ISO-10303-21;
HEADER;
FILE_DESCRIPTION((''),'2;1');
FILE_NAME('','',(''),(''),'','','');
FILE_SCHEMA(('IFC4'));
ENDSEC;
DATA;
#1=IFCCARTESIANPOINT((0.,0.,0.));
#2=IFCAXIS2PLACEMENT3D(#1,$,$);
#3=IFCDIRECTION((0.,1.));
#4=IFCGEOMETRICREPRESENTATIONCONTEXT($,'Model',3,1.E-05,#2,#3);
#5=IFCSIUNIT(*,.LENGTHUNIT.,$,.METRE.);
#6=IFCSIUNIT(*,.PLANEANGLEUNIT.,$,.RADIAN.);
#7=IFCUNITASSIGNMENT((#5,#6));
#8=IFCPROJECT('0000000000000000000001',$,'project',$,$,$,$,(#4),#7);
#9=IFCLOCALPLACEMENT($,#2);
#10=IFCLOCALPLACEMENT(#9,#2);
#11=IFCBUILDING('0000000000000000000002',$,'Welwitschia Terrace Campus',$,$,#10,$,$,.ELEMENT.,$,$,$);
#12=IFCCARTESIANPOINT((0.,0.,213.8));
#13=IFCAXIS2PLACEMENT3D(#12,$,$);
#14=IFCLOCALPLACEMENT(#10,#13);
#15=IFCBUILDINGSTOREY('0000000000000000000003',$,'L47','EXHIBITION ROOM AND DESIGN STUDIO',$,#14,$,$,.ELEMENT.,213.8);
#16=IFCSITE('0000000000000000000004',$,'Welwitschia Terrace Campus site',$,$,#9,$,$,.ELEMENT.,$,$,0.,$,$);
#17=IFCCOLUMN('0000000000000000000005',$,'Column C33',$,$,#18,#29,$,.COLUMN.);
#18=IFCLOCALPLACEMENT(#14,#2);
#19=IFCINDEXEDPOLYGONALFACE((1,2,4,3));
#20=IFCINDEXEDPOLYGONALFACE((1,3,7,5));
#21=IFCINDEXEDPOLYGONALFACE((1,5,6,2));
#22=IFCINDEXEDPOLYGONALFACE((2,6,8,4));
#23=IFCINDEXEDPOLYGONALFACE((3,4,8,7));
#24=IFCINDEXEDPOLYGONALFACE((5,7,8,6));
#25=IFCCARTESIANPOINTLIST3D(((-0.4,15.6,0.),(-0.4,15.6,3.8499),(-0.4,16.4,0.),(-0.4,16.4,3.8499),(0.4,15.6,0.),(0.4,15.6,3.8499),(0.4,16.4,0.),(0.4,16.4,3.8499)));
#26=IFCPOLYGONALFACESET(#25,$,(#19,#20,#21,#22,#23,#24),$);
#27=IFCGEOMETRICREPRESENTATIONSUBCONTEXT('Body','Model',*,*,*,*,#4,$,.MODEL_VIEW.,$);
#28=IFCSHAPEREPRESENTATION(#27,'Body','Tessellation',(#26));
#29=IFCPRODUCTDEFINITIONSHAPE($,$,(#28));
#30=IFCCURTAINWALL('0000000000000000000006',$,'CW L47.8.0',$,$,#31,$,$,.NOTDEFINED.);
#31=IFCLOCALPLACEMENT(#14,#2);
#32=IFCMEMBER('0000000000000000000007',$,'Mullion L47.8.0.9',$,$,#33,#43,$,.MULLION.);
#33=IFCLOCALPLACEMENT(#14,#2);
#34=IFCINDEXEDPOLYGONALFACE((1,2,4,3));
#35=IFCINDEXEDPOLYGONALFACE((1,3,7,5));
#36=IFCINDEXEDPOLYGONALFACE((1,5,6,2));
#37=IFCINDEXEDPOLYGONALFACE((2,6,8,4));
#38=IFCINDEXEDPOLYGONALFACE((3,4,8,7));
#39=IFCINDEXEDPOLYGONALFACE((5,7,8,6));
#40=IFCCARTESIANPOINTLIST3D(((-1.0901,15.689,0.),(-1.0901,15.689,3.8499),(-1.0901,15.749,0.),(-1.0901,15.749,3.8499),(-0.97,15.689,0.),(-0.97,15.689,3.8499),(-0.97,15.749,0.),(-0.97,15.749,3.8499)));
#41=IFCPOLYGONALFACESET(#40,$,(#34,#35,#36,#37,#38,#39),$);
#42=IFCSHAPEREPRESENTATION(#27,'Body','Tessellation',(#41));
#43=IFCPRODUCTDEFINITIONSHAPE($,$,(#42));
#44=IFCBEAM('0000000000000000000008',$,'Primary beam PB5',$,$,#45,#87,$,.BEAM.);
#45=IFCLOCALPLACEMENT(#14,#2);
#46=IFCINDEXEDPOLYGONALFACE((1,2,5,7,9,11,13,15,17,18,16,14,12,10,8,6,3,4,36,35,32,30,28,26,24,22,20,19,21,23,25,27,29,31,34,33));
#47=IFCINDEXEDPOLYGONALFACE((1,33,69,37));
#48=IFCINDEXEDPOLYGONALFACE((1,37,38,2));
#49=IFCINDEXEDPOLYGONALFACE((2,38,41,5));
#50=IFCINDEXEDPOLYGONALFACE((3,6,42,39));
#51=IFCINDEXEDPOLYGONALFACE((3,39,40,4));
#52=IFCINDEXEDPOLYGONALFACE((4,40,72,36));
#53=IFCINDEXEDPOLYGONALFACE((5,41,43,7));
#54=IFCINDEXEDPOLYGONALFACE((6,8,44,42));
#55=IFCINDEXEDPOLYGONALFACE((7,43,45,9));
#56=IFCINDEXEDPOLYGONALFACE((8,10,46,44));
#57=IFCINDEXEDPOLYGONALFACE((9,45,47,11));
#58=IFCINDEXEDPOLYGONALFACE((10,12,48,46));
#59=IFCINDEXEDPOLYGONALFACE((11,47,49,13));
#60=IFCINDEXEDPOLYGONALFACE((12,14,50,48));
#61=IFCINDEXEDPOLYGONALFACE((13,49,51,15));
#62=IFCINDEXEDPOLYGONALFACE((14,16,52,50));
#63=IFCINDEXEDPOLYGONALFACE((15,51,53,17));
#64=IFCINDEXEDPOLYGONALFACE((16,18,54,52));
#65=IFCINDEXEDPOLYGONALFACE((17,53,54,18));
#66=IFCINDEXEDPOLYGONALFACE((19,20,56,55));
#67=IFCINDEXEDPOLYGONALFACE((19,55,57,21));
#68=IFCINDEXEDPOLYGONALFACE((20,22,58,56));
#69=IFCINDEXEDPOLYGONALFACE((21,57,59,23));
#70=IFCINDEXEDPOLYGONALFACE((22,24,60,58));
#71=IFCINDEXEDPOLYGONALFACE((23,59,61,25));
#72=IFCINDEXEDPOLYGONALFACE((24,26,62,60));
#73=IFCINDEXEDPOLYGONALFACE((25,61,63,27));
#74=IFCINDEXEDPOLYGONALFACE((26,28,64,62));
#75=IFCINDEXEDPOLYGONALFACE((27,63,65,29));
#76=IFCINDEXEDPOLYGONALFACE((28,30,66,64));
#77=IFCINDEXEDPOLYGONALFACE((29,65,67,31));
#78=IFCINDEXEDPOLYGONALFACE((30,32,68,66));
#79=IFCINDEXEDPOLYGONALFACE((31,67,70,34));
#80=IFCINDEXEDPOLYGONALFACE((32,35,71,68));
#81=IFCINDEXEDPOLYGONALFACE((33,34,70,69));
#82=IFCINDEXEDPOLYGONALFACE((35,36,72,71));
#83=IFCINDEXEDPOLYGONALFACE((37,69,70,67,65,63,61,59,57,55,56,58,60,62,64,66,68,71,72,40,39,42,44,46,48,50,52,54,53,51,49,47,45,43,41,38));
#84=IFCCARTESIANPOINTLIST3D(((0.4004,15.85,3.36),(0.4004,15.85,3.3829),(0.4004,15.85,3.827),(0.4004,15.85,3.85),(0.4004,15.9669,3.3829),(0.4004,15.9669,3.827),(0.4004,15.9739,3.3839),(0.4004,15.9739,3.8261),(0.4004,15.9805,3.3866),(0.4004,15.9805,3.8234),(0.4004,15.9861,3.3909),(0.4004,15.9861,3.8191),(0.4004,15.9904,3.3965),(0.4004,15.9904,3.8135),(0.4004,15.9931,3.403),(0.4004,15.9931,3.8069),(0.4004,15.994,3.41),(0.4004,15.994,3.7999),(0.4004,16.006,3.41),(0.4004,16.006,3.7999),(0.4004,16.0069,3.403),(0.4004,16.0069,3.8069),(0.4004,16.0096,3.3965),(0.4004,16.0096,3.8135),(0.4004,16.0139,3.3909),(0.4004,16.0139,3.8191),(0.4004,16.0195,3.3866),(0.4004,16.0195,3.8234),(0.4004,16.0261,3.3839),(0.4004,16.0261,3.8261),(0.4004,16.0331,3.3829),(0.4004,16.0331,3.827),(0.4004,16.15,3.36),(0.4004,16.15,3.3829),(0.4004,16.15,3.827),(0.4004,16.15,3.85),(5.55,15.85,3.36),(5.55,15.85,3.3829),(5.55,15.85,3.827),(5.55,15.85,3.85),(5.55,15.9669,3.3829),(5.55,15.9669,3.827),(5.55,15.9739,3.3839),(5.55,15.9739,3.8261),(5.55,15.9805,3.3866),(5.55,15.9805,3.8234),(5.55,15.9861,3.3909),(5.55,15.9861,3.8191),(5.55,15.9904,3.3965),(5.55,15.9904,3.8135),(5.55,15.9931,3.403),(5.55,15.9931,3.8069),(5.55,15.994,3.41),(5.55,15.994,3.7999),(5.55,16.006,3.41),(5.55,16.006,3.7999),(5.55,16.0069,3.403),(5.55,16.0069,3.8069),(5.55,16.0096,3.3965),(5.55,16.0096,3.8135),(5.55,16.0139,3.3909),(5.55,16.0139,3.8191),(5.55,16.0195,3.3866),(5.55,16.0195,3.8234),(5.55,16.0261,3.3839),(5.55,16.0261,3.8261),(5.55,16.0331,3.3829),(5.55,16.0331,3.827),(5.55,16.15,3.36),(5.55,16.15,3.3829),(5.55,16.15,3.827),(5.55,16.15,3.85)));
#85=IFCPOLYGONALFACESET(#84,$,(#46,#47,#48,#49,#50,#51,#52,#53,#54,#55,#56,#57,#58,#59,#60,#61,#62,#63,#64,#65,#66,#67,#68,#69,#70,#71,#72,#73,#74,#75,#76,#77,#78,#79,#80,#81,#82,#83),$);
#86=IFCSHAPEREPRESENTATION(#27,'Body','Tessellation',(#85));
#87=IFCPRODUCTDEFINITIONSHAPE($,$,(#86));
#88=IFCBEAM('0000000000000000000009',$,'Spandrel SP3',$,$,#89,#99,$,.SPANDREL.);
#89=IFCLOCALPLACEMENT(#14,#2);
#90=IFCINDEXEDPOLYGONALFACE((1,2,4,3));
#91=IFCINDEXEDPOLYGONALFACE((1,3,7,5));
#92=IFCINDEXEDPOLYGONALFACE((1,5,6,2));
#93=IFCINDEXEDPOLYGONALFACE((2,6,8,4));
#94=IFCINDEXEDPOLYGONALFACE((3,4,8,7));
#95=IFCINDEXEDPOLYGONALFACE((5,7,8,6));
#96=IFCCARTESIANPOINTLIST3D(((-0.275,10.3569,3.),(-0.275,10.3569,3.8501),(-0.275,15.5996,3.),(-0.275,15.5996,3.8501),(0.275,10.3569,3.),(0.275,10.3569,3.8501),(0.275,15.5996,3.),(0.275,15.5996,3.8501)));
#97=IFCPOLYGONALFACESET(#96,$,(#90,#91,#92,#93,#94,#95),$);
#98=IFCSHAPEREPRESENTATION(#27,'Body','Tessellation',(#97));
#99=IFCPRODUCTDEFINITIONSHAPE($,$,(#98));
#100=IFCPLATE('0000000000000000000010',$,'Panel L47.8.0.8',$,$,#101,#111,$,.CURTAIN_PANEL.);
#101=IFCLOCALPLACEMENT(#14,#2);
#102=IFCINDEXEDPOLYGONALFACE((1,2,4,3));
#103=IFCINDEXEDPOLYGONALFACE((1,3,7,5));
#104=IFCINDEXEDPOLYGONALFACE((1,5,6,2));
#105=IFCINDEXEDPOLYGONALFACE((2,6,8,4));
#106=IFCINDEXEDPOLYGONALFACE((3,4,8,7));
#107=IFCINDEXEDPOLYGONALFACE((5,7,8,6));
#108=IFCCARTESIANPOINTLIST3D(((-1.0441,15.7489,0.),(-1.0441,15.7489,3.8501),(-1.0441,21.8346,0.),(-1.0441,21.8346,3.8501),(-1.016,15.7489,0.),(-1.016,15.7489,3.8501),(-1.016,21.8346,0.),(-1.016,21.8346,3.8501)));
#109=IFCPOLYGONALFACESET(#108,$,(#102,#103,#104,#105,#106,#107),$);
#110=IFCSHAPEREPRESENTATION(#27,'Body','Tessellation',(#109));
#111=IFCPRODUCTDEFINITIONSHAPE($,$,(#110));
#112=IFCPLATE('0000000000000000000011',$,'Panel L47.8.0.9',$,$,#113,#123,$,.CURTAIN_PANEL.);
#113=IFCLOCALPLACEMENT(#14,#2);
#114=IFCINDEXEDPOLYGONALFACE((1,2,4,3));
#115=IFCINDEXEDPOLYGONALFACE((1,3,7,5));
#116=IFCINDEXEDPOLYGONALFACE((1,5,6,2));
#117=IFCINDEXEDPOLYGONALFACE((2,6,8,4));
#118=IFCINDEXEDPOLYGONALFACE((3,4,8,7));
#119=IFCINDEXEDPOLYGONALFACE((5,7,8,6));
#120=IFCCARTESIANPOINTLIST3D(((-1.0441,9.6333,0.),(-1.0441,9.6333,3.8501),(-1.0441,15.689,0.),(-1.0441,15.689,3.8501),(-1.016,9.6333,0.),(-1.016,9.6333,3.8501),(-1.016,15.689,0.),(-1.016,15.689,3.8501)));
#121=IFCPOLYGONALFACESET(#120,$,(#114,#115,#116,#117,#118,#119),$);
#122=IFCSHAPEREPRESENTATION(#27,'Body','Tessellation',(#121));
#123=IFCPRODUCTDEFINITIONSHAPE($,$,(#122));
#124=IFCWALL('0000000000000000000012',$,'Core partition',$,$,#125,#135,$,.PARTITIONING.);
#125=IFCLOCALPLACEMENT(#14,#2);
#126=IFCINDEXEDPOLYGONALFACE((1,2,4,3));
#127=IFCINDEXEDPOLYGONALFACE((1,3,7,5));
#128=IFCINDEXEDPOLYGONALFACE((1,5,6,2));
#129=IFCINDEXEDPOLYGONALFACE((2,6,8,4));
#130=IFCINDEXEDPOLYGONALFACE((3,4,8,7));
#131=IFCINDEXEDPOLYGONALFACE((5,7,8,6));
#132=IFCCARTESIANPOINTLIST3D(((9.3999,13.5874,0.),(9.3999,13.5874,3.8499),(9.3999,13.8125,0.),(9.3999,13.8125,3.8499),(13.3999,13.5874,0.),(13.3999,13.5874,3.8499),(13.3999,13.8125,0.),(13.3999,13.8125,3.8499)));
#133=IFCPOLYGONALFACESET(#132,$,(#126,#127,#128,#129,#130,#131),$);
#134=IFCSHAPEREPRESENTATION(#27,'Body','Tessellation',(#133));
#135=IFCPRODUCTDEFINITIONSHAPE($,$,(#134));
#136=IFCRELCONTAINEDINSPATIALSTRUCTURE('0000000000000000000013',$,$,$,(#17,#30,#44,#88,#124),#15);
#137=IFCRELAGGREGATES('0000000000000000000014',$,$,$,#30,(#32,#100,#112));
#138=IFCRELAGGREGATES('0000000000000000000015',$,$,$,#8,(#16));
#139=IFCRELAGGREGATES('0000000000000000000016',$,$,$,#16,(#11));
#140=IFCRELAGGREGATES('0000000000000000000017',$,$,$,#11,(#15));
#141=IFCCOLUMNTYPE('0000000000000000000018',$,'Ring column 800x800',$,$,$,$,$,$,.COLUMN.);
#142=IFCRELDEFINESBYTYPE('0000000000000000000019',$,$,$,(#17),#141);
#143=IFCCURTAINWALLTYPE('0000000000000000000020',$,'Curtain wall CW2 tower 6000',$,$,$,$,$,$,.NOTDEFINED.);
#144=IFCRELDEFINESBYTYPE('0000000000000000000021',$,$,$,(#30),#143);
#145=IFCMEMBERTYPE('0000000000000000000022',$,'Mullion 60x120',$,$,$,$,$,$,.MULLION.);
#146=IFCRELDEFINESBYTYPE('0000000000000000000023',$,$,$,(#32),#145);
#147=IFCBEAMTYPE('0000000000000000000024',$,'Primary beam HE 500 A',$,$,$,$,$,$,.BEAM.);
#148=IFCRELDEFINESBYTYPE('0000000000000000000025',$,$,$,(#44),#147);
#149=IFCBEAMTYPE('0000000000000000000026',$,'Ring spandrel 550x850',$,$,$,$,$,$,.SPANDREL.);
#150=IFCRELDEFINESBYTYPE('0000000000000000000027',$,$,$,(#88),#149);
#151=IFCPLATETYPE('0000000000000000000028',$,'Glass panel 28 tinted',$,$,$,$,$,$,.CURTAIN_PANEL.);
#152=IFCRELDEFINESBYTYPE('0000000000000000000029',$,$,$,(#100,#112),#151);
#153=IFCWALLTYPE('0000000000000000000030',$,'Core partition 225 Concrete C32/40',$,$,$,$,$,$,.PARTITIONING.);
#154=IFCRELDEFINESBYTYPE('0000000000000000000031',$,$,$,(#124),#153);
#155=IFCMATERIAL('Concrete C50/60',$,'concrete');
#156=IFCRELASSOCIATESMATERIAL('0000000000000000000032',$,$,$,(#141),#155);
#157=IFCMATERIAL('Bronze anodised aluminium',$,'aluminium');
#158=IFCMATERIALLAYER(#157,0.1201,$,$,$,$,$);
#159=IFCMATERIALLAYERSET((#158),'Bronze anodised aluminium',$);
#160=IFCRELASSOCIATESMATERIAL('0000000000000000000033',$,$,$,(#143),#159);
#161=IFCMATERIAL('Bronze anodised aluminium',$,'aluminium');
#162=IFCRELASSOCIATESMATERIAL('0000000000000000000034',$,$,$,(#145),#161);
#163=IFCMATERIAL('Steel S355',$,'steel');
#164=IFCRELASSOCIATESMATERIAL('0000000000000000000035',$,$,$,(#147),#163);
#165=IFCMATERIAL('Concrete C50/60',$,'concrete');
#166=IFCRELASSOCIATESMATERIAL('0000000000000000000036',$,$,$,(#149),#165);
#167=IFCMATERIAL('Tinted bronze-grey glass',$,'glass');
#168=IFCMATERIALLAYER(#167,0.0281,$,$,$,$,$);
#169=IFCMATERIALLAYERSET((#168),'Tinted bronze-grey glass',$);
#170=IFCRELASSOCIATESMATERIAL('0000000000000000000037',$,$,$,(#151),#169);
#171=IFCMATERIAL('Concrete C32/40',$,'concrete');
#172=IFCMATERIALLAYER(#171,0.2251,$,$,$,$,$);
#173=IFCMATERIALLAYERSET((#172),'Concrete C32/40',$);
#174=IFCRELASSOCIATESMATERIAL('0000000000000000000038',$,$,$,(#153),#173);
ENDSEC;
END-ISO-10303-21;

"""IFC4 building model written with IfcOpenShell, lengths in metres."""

from ifc_helpers import new_model, si_unit, direction, frame, frame_2d, origin, origin_2d, place, context, subcontext, project, spatial, rectangle, i_section, extrude, material, layer, layer_set, material_profile, profile_set, type_object, element, aggregate, save


model = new_model("IFC4")

# Units and contexts
model_context = context("Model", 3, precision=1e-05, world=origin(), true_north=direction((0.0, 1.0)))
body_context = subcontext(model_context, "Body", "Model", "MODEL_VIEW")
ifc_project = project(units=[si_unit("LENGTHUNIT", "METRE"), si_unit("PLANEANGLEUNIT", "RADIAN")], contexts=[model_context])

# Site, building, storey
site_placement = place(None, origin())
site = spatial("IfcSite", under=ifc_project, at=site_placement, Name="Welwitschia Terrace Campus site", CompositionType="ELEMENT", RefElevation=0.0)
building_placement = place(site_placement, origin())
building = spatial("IfcBuilding", under=site, at=building_placement, Name="Welwitschia Terrace Campus", CompositionType="ELEMENT")
storey_placement = place(building_placement, frame((0.0, 0.0, 213.8)))
storey = spatial("IfcBuildingStorey", under=building, at=storey_placement, Name="L47", Description="EXHIBITION ROOM AND DESIGN STUDIO", CompositionType="ELEMENT", Elevation=213.8)

# Column
ifc_material_1 = material(Name="Concrete C50/60", Category="concrete")
ifc_material_profile_1 = material_profile(ifc_material_1, rectangle(XDim=0.8, YDim=0.8, at=origin_2d()))
ifc_profile_set_1 = profile_set([ifc_material_profile_1], Name="Concrete C50/60")
column_type = type_object("IfcColumnType", Name="Ring column 800x800", PredefinedType="COLUMN", material=ifc_profile_set_1)
column_placement = place(storey_placement, frame((0.0, 16.0, 0.0), z_axis=(0.0, 0.0, 1.0), x_axis=(1.0, 0.0, 0.0)))
element("IfcColumn", 1, at=column_placement, inside=storey, type_object=column_type, Name="Column C33", PredefinedType="COLUMN", context=body_context, shape_type="SweptSolid", body=[
    extrude(rectangle(XDim=0.8, YDim=0.8, at=origin_2d()), origin(), (0.0, 0.0, 1.0), 3.8499),
])

# Curtain wall, member
ifc_material_2 = material(Name="Bronze anodised aluminium", Category="aluminium")
ifc_layer_1 = layer(ifc_material_2, 0.1201)
ifc_layer_set_1 = layer_set([ifc_layer_1], Name="Bronze anodised aluminium")
curtain_wall_type = type_object("IfcCurtainWallType", Name="Curtain wall CW2 tower 6000", PredefinedType="NOTDEFINED", material=ifc_layer_set_1)
curtain_wall_placement = place(storey_placement, origin())
curtain_wall = element("IfcCurtainWall", 2, at=curtain_wall_placement, inside=storey, type_object=curtain_wall_type, Name="CW L47.8.0", PredefinedType="NOTDEFINED")
ifc_material_3 = material(Name="Bronze anodised aluminium", Category="aluminium")
ifc_material_profile_2 = material_profile(ifc_material_3, rectangle(XDim=0.1201, YDim=0.0601, at=origin_2d()))
ifc_profile_set_2 = profile_set([ifc_material_profile_2], Name="Bronze anodised aluminium")
member_type = type_object("IfcMemberType", Name="Mullion 60x120", PredefinedType="MULLION", material=ifc_profile_set_2)
member_placement = place(storey_placement, frame((-1.03, 15.719, 0.0), z_axis=(0.0, 0.0, 1.0), x_axis=(1.0, 0.0, 0.0)))
member = element("IfcMember", 3, at=member_placement, type_object=member_type, Name="Mullion L47.8.0.9", PredefinedType="MULLION", context=body_context, shape_type="SweptSolid", body=[
    extrude(rectangle(XDim=0.1201, YDim=0.0601, at=origin_2d()), origin(), (0.0, 0.0, 1.0), 3.8499),
])

# Beams
ifc_material_4 = material(Name="Steel S355", Category="steel")
ifc_material_profile_3 = material_profile(ifc_material_4, i_section(OverallWidth=0.3, OverallDepth=0.49, WebThickness=0.012, FlangeThickness=0.0229, FilletRadius=0.0271, at=origin_2d()))
ifc_profile_set_3 = profile_set([ifc_material_profile_3], Name="Steel S355")
beam_type_1 = type_object("IfcBeamType", Name="Primary beam HE 500 A", PredefinedType="BEAM", material=ifc_profile_set_3)
beam_1_placement = place(storey_placement, frame((0.4004, 16.0, 3.605), z_axis=(1.0, 0.0, 0.0), x_axis=(0.0, 1.0, 0.0)))
element("IfcBeam", 4, at=beam_1_placement, inside=storey, type_object=beam_type_1, Name="Primary beam PB5", PredefinedType="BEAM", context=body_context, shape_type="SweptSolid", body=[
    extrude(i_section(OverallWidth=0.3, OverallDepth=0.49, WebThickness=0.012, FlangeThickness=0.0229, FilletRadius=0.0271, at=origin_2d()), origin(), (0.0, 0.0, 1.0), 5.1497),
])
ifc_material_5 = material(Name="Concrete C50/60", Category="concrete")
ifc_material_profile_4 = material_profile(ifc_material_5, rectangle(XDim=0.55, YDim=0.8501, at=origin_2d()))
ifc_profile_set_4 = profile_set([ifc_material_profile_4], Name="Concrete C50/60")
beam_type_2 = type_object("IfcBeamType", Name="Ring spandrel 550x850", PredefinedType="SPANDREL", material=ifc_profile_set_4)
beam_2_placement = place(storey_placement, frame((0.0, 15.5996, 3.425), z_axis=(0.0, -1.0, 0.0), x_axis=(1.0, 0.0, 0.0)))
element("IfcBeam", 5, at=beam_2_placement, inside=storey, type_object=beam_type_2, Name="Spandrel SP3", PredefinedType="SPANDREL", context=body_context, shape_type="SweptSolid", body=[
    extrude(rectangle(XDim=0.55, YDim=0.8501, at=origin_2d()), origin(), (0.0, 0.0, 1.0), 5.2427),
])

# Plates
ifc_material_6 = material(Name="Tinted bronze-grey glass", Category="glass")
ifc_layer_2 = layer(ifc_material_6, 0.0281)
ifc_layer_set_2 = layer_set([ifc_layer_2], Name="Tinted bronze-grey glass")
plate_type = type_object("IfcPlateType", Name="Glass panel 28 tinted", PredefinedType="CURTAIN_PANEL", material=ifc_layer_set_2)
plate_1_placement = place(storey_placement, frame((-1.03, 18.7917, 0.0), z_axis=(0.0, 0.0, 1.0), x_axis=(0.0, -1.0, 0.0)))
plate_1 = element("IfcPlate", 6, at=plate_1_placement, type_object=plate_type, Name="Panel L47.8.0.8", PredefinedType="CURTAIN_PANEL", context=body_context, shape_type="SweptSolid", body=[
    extrude(rectangle(XDim=6.0857, YDim=0.0281, at=origin_2d()), origin(), (0.0, 0.0, 1.0), 3.8501),
])
plate_2_placement = place(storey_placement, frame((-1.03, 12.6611, 0.0), z_axis=(0.0, 0.0, 1.0), x_axis=(0.0, -1.0, 0.0)))
plate_2 = element("IfcPlate", 7, at=plate_2_placement, type_object=plate_type, Name="Panel L47.8.0.9", PredefinedType="CURTAIN_PANEL", context=body_context, shape_type="SweptSolid", body=[
    extrude(rectangle(XDim=6.0557, YDim=0.0281, at=origin_2d()), origin(), (0.0, 0.0, 1.0), 3.8501),
])
aggregate(curtain_wall, [member, plate_1, plate_2])

# Wall
ifc_material_7 = material(Name="Concrete C32/40", Category="concrete")
ifc_layer_3 = layer(ifc_material_7, 0.2251)
ifc_layer_set_3 = layer_set([ifc_layer_3], Name="Concrete C32/40")
wall_type_1 = type_object("IfcWallType", Name="Core partition 225 Concrete C32/40", PredefinedType="PARTITIONING", material=ifc_layer_set_3)
wall_1_placement = place(storey_placement, frame((9.3999, 13.7, 0.0), z_axis=(0.0, 0.0, 1.0), x_axis=(1.0, 0.0, 0.0)))
element("IfcWall", 8, at=wall_1_placement, inside=storey, type_object=wall_type_1, Name="Core partition", PredefinedType="PARTITIONING", context=body_context, shape_type="SweptSolid", body=[
    extrude(rectangle(XDim=4.0, YDim=0.2251, at=frame_2d((2.0, 0.0))), origin(), (0.0, 0.0, 1.0), 3.8499),
])

save(model, "model.ifc")
